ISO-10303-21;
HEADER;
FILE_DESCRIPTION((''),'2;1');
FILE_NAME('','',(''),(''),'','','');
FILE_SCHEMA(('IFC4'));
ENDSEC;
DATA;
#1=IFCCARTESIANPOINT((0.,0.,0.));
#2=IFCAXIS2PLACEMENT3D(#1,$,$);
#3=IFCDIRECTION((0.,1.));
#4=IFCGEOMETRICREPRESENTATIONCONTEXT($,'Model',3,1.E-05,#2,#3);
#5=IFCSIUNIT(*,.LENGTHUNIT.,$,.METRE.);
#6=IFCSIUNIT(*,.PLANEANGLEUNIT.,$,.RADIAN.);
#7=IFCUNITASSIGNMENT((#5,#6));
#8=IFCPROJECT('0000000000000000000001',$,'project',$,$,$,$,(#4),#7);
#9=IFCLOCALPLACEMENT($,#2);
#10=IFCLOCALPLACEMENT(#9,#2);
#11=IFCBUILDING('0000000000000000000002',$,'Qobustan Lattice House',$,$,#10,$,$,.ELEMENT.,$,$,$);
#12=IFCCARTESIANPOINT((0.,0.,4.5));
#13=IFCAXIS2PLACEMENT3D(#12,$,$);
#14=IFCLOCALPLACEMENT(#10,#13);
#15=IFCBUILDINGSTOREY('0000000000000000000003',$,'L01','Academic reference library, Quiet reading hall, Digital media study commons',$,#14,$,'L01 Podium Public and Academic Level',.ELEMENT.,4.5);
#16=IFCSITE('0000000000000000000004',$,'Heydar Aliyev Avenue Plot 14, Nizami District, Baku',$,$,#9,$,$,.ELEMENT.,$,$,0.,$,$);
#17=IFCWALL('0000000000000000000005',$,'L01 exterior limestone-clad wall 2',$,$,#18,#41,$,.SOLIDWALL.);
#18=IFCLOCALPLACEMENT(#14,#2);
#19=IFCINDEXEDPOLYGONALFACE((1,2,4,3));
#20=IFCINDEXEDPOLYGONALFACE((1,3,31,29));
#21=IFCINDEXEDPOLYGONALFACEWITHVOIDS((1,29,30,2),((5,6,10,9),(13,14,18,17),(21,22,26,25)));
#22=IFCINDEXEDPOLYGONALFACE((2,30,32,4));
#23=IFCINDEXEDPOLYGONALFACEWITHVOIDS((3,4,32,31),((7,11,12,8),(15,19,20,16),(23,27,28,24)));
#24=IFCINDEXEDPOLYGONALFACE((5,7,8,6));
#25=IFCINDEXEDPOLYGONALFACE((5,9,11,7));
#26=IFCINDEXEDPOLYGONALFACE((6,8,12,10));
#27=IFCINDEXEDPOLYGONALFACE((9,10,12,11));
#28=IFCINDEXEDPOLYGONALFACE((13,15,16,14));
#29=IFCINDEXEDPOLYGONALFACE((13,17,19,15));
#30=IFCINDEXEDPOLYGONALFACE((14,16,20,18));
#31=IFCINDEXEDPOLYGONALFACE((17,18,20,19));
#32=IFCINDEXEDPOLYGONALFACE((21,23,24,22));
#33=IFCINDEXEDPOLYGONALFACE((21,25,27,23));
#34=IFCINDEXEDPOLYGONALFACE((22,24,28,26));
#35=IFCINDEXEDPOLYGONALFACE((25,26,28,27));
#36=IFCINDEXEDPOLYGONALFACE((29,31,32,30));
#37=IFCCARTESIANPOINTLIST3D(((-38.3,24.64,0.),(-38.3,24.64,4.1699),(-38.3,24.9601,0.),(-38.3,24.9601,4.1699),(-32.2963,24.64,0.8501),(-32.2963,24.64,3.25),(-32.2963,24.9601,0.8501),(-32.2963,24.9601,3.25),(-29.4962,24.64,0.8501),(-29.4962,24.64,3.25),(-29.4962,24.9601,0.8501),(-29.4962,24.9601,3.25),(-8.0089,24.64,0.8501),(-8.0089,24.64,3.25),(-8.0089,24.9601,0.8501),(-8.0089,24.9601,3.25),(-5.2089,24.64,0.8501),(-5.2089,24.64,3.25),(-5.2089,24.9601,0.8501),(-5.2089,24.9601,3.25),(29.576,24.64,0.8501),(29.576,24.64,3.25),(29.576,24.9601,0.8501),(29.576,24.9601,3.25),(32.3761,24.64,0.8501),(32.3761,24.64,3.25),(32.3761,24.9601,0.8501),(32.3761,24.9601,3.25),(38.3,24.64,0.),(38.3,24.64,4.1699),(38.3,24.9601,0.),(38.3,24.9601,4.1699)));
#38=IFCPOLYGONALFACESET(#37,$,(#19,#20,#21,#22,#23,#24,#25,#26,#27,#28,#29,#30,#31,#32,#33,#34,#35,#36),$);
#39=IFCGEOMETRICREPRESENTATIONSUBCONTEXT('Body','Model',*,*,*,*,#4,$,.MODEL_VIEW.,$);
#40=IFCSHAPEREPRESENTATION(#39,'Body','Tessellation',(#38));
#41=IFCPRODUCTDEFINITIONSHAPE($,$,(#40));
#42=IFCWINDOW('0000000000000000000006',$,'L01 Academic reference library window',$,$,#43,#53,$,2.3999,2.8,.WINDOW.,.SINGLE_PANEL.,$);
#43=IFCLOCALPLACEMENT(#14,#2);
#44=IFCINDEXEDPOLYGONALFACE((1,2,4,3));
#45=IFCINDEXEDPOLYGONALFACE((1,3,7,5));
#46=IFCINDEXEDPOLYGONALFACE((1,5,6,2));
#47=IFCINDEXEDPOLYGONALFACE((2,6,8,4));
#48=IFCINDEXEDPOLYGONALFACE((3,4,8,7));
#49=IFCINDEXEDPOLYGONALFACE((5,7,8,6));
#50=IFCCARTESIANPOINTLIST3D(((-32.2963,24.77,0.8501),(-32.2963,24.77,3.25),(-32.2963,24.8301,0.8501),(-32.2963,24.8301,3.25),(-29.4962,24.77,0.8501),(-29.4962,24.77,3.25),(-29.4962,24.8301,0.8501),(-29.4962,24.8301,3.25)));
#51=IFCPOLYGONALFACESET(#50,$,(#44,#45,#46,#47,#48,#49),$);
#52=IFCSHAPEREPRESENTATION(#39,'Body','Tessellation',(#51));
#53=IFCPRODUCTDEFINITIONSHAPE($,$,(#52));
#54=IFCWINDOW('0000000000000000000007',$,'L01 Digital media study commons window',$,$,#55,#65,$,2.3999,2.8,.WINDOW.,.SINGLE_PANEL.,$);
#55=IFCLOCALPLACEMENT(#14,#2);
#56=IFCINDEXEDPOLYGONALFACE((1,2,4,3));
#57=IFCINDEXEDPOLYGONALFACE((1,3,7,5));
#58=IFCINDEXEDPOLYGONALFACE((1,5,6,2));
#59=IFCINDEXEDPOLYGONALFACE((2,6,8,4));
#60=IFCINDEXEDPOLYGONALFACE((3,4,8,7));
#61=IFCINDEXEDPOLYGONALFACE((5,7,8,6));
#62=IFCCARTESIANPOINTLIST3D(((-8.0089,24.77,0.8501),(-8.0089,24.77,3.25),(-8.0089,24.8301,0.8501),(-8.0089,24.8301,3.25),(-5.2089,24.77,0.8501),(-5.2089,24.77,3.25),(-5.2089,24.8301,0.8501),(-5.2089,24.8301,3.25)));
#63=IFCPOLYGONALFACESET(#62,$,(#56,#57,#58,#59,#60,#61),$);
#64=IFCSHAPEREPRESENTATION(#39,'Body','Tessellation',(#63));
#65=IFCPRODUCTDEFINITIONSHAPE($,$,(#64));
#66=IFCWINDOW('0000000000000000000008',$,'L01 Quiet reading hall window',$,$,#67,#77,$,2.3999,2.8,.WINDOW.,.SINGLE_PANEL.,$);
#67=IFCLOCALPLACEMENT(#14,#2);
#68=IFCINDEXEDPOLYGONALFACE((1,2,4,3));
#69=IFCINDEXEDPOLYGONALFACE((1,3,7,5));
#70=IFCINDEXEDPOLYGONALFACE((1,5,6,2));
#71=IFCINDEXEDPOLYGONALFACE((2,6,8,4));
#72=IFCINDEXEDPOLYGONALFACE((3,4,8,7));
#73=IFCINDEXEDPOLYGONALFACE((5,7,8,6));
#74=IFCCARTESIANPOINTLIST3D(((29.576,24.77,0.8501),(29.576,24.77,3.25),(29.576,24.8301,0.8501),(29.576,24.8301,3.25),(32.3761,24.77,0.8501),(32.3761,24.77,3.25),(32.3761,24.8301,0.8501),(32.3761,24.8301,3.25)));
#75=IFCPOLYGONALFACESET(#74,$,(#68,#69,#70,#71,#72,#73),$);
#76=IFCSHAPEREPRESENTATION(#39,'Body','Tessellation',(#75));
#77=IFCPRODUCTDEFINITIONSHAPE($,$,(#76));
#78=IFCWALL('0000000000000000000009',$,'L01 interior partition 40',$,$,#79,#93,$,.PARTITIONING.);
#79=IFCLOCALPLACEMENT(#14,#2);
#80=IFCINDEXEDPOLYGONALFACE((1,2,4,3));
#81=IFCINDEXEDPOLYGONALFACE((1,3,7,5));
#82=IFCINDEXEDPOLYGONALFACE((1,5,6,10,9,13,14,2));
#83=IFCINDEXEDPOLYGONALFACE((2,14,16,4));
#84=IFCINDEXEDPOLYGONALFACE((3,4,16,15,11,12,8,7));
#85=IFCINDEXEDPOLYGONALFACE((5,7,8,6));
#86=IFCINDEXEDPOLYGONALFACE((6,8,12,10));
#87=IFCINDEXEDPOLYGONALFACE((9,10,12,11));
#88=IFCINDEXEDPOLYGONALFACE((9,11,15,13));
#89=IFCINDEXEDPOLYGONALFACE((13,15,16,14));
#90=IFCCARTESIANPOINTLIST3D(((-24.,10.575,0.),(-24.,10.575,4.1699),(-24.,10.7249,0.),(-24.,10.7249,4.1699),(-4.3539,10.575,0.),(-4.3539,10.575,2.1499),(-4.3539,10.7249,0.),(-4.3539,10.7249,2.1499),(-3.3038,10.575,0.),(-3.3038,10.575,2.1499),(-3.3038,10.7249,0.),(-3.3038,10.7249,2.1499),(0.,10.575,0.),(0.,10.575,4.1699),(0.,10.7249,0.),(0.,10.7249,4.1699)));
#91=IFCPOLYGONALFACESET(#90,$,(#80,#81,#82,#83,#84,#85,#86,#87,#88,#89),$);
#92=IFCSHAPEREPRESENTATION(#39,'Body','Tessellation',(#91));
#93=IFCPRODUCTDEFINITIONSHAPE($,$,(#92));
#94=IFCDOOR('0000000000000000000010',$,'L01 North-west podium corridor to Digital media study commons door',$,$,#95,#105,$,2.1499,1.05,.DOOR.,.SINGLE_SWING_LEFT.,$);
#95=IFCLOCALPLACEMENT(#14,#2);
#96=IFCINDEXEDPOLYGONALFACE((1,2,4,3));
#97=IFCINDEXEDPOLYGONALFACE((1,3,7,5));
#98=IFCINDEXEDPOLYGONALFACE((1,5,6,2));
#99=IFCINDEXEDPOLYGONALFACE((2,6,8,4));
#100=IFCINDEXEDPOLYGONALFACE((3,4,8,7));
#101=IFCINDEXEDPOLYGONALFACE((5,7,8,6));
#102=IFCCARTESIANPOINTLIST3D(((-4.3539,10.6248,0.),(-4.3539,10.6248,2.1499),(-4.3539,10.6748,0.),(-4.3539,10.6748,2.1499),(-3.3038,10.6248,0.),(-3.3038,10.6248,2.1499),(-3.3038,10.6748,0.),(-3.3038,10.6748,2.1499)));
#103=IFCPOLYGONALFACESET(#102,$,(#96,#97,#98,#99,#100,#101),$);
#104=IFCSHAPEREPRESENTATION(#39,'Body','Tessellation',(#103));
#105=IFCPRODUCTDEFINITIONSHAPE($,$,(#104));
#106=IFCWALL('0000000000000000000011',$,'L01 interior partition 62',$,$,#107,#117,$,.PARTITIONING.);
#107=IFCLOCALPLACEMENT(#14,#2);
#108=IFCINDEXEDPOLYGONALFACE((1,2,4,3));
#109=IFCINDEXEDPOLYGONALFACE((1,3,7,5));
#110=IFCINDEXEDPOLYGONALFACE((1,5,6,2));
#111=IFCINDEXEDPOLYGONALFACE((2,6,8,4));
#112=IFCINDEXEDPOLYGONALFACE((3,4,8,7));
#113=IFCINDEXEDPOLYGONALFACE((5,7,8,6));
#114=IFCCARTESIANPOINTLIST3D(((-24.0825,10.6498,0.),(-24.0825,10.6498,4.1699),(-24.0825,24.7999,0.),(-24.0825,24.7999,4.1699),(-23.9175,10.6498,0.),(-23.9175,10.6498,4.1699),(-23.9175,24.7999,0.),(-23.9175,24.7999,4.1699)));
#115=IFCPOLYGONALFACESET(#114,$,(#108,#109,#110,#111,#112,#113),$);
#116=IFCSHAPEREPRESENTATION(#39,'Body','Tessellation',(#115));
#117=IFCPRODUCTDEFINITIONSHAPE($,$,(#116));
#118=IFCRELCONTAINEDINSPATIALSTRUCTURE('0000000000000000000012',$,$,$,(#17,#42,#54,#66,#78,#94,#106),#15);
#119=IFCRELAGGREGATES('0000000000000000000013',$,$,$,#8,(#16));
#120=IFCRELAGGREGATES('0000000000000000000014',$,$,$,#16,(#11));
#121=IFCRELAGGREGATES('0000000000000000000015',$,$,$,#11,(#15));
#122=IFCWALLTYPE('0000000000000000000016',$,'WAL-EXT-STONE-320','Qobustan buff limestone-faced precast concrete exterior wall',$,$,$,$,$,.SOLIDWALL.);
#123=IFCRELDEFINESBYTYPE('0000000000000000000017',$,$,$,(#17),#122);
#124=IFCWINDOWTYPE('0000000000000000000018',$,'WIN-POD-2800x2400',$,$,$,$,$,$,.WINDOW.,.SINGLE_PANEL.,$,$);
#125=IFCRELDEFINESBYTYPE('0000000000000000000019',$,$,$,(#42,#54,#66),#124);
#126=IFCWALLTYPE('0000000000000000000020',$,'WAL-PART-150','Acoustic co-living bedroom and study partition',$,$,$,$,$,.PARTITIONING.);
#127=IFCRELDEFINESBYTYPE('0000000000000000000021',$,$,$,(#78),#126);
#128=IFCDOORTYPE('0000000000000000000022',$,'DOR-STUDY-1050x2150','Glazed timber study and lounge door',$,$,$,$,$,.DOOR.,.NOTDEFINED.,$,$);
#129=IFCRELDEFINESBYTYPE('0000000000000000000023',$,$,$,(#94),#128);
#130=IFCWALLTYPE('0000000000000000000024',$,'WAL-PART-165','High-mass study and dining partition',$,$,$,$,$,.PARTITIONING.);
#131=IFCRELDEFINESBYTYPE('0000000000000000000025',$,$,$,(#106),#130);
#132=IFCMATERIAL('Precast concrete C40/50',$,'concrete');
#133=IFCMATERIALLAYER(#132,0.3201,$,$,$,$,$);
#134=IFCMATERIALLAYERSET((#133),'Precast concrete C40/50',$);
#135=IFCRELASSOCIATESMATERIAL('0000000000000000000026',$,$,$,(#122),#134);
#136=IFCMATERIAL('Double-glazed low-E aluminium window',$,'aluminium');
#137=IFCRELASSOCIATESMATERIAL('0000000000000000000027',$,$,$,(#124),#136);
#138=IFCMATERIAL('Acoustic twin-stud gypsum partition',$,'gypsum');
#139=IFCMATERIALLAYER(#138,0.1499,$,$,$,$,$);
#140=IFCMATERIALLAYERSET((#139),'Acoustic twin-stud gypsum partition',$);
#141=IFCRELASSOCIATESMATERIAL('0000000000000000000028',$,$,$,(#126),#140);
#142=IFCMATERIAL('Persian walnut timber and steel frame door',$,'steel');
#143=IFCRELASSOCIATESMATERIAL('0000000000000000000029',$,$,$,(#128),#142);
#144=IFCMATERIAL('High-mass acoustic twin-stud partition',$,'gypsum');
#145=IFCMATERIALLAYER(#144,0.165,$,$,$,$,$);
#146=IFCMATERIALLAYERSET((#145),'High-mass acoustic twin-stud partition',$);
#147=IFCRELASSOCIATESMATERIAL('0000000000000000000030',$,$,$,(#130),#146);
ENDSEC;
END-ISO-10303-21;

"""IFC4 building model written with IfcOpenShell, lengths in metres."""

from ifc_helpers import new_model, si_unit, direction, frame, frame_2d, origin, place, context, subcontext, project, spatial, rectangle, extrude, material, layer, layer_set, type_object, element, fill, save


model = new_model("IFC4")

# Units and contexts
model_context = context("Model", 3, precision=1e-05, world=origin(), true_north=direction((0.0, 1.0)))
body_context = subcontext(model_context, "Body", "Model", "MODEL_VIEW")
ifc_project = project(units=[si_unit("LENGTHUNIT", "METRE"), si_unit("PLANEANGLEUNIT", "RADIAN")], contexts=[model_context])

# Site, building, storey
site_placement = place(None, origin())
site = spatial("IfcSite", under=ifc_project, at=site_placement, Name="Heydar Aliyev Avenue Plot 14, Nizami District, Baku", CompositionType="ELEMENT", RefElevation=0.0)
building_placement = place(site_placement, origin())
building = spatial("IfcBuilding", under=site, at=building_placement, Name="Qobustan Lattice House", CompositionType="ELEMENT")
storey_placement = place(building_placement, frame((0.0, 0.0, 4.5)))
storey = spatial("IfcBuildingStorey", under=building, at=storey_placement, Name="L01", Description="Academic reference library, Quiet reading hall, Digital media study commons", LongName="L01 Podium Public and Academic Level", CompositionType="ELEMENT", Elevation=4.5)

# Wall, openings, windows
ifc_material_1 = material(Name="Precast concrete C40/50", Category="concrete")
ifc_layer_1 = layer(ifc_material_1, 0.3201)
ifc_layer_set_1 = layer_set([ifc_layer_1], Name="Precast concrete C40/50")
wall_type_1 = type_object("IfcWallType", Name="WAL-EXT-STONE-320", Description="Qobustan buff limestone-faced precast concrete exterior wall", PredefinedType="SOLIDWALL", material=ifc_layer_set_1)
wall_1_placement = place(storey_placement, frame((-38.3, 24.8, 0.0), z_axis=(0.0, 0.0, 1.0), x_axis=(1.0, 0.0, 0.0)))
wall_1 = element("IfcWall", 1, at=wall_1_placement, inside=storey, type_object=wall_type_1, Name="L01 exterior limestone-clad wall 2", PredefinedType="SOLIDWALL", context=body_context, shape_type="SweptSolid", body=[
    extrude(rectangle(XDim=76.6001, YDim=0.3201, at=frame_2d((38.3, 0.0))), origin(), (0.0, 0.0, 1.0), 4.1699),
])
opening_1_placement = place(wall_1_placement, frame((6.0039, 0.0, 0.8501)))
opening_1 = element("IfcOpeningElement", 2, at=opening_1_placement, cuts=wall_1, PredefinedType="OPENING", context=body_context, shape_type="SweptSolid", body=[
    extrude(rectangle(XDim=2.8, YDim=2.3999, at=frame_2d((1.3999, 1.2))), frame((0.0, 0.1699, 0.0), z_axis=(0.0, -1.0, 0.0), x_axis=(1.0, 0.0, 0.0)), (0.0, 0.0, 1.0), 0.3401),
])
opening_2_placement = place(wall_1_placement, frame((30.2913, 0.0, 0.8501)))
opening_2 = element("IfcOpeningElement", 3, at=opening_2_placement, cuts=wall_1, PredefinedType="OPENING", context=body_context, shape_type="SweptSolid", body=[
    extrude(rectangle(XDim=2.8, YDim=2.3999, at=frame_2d((1.3999, 1.2))), frame((0.0, 0.1699, 0.0), z_axis=(0.0, -1.0, 0.0), x_axis=(1.0, 0.0, 0.0)), (0.0, 0.0, 1.0), 0.3401),
])
opening_3_placement = place(wall_1_placement, frame((67.8762, 0.0, 0.8501)))
opening_3 = element("IfcOpeningElement", 4, at=opening_3_placement, cuts=wall_1, PredefinedType="OPENING", context=body_context, shape_type="SweptSolid", body=[
    extrude(rectangle(XDim=2.8, YDim=2.3999, at=frame_2d((1.3999, 1.2))), frame((0.0, 0.1699, 0.0), z_axis=(0.0, -1.0, 0.0), x_axis=(1.0, 0.0, 0.0)), (0.0, 0.0, 1.0), 0.3401),
])
ifc_material_2 = material(Name="Double-glazed low-E aluminium window", Category="aluminium")
window_type = type_object("IfcWindowType", Name="WIN-POD-2800x2400", PartitioningType="SINGLE_PANEL", PredefinedType="WINDOW", material=ifc_material_2)
window_1_placement = place(opening_1_placement, origin())
window_1 = element("IfcWindow", 5, at=window_1_placement, inside=storey, type_object=window_type, Name="L01 Academic reference library window", OverallHeight=2.3999, OverallWidth=2.8, PartitioningType="SINGLE_PANEL", PredefinedType="WINDOW", context=body_context, shape_type="SweptSolid", body=[
    extrude(rectangle(XDim=2.8, YDim=2.3999, at=frame_2d((1.3999, 1.2))), frame((0.0, 0.03, 0.0), z_axis=(0.0, -1.0, 0.0), x_axis=(1.0, 0.0, 0.0)), (0.0, 0.0, 1.0), 0.0601),
])
fill(opening_1, window_1)
window_2_placement = place(opening_2_placement, origin())
window_2 = element("IfcWindow", 6, at=window_2_placement, inside=storey, type_object=window_type, Name="L01 Digital media study commons window", OverallHeight=2.3999, OverallWidth=2.8, PartitioningType="SINGLE_PANEL", PredefinedType="WINDOW", context=body_context, shape_type="SweptSolid", body=[
    extrude(rectangle(XDim=2.8, YDim=2.3999, at=frame_2d((1.3999, 1.2))), frame((0.0, 0.03, 0.0), z_axis=(0.0, -1.0, 0.0), x_axis=(1.0, 0.0, 0.0)), (0.0, 0.0, 1.0), 0.0601),
])
fill(opening_2, window_2)
window_3_placement = place(opening_3_placement, origin())
window_3 = element("IfcWindow", 7, at=window_3_placement, inside=storey, type_object=window_type, Name="L01 Quiet reading hall window", OverallHeight=2.3999, OverallWidth=2.8, PartitioningType="SINGLE_PANEL", PredefinedType="WINDOW", context=body_context, shape_type="SweptSolid", body=[
    extrude(rectangle(XDim=2.8, YDim=2.3999, at=frame_2d((1.3999, 1.2))), frame((0.0, 0.03, 0.0), z_axis=(0.0, -1.0, 0.0), x_axis=(1.0, 0.0, 0.0)), (0.0, 0.0, 1.0), 0.0601),
])
fill(opening_3, window_3)

# Wall, opening, door
ifc_material_3 = material(Name="Acoustic twin-stud gypsum partition", Category="gypsum")
ifc_layer_2 = layer(ifc_material_3, 0.1499)
ifc_layer_set_2 = layer_set([ifc_layer_2], Name="Acoustic twin-stud gypsum partition")
wall_type_2 = type_object("IfcWallType", Name="WAL-PART-150", Description="Acoustic co-living bedroom and study partition", PredefinedType="PARTITIONING", material=ifc_layer_set_2)
wall_2_placement = place(storey_placement, frame((-24.0, 10.6499, 0.0), z_axis=(0.0, 0.0, 1.0), x_axis=(1.0, 0.0, 0.0)))
wall_2 = element("IfcWall", 8, at=wall_2_placement, inside=storey, type_object=wall_type_2, Name="L01 interior partition 40", PredefinedType="PARTITIONING", context=body_context, shape_type="SweptSolid", body=[
    extrude(rectangle(XDim=24.0, YDim=0.1499, at=frame_2d((12.0, 0.0))), origin(), (0.0, 0.0, 1.0), 4.1699),
])
opening_4_placement = place(wall_2_placement, frame((19.6462, 0.0, 0.0)))
opening_4 = element("IfcOpeningElement", 9, at=opening_4_placement, cuts=wall_2, PredefinedType="OPENING", context=body_context, shape_type="SweptSolid", body=[
    extrude(rectangle(XDim=1.05, YDim=2.1499, at=frame_2d((0.5249, 1.075))), frame((0.0, 0.085, 0.0), z_axis=(0.0, -1.0, 0.0), x_axis=(1.0, 0.0, 0.0)), (0.0, 0.0, 1.0), 0.1699),
])
ifc_material_4 = material(Name="Persian walnut timber and steel frame door", Category="steel")
door_type = type_object("IfcDoorType", Name="DOR-STUDY-1050x2150", Description="Glazed timber study and lounge door", OperationType="NOTDEFINED", PredefinedType="DOOR", material=ifc_material_4)
door_placement = place(opening_4_placement, origin())
door = element("IfcDoor", 10, at=door_placement, inside=storey, type_object=door_type, Name="L01 North-west podium corridor to Digital media study commons door", OperationType="SINGLE_SWING_LEFT", OverallHeight=2.1499, OverallWidth=1.05, PredefinedType="DOOR", context=body_context, shape_type="SweptSolid", body=[
    extrude(rectangle(XDim=1.05, YDim=2.1499, at=frame_2d((0.5249, 1.075))), frame((0.0, 0.0249, 0.0), z_axis=(0.0, -1.0, 0.0), x_axis=(1.0, 0.0, 0.0)), (0.0, 0.0, 1.0), 0.05),
])
fill(opening_4, door)

# Wall
ifc_material_5 = material(Name="High-mass acoustic twin-stud partition", Category="gypsum")
ifc_layer_3 = layer(ifc_material_5, 0.165)
ifc_layer_set_3 = layer_set([ifc_layer_3], Name="High-mass acoustic twin-stud partition")
wall_type_3 = type_object("IfcWallType", Name="WAL-PART-165", Description="High-mass study and dining partition", PredefinedType="PARTITIONING", material=ifc_layer_set_3)
wall_3_placement = place(storey_placement, frame((-24.0, 24.8, 0.0), z_axis=(0.0, 0.0, 1.0), x_axis=(0.0, -1.0, 0.0)))
element("IfcWall", 11, at=wall_3_placement, inside=storey, type_object=wall_type_3, Name="L01 interior partition 62", PredefinedType="PARTITIONING", context=body_context, shape_type="SweptSolid", body=[
    extrude(rectangle(XDim=14.1501, YDim=0.165, at=frame_2d((7.0752, 0.0))), origin(), (0.0, 0.0, 1.0), 4.1699),
])

save(model, "model.ifc")
